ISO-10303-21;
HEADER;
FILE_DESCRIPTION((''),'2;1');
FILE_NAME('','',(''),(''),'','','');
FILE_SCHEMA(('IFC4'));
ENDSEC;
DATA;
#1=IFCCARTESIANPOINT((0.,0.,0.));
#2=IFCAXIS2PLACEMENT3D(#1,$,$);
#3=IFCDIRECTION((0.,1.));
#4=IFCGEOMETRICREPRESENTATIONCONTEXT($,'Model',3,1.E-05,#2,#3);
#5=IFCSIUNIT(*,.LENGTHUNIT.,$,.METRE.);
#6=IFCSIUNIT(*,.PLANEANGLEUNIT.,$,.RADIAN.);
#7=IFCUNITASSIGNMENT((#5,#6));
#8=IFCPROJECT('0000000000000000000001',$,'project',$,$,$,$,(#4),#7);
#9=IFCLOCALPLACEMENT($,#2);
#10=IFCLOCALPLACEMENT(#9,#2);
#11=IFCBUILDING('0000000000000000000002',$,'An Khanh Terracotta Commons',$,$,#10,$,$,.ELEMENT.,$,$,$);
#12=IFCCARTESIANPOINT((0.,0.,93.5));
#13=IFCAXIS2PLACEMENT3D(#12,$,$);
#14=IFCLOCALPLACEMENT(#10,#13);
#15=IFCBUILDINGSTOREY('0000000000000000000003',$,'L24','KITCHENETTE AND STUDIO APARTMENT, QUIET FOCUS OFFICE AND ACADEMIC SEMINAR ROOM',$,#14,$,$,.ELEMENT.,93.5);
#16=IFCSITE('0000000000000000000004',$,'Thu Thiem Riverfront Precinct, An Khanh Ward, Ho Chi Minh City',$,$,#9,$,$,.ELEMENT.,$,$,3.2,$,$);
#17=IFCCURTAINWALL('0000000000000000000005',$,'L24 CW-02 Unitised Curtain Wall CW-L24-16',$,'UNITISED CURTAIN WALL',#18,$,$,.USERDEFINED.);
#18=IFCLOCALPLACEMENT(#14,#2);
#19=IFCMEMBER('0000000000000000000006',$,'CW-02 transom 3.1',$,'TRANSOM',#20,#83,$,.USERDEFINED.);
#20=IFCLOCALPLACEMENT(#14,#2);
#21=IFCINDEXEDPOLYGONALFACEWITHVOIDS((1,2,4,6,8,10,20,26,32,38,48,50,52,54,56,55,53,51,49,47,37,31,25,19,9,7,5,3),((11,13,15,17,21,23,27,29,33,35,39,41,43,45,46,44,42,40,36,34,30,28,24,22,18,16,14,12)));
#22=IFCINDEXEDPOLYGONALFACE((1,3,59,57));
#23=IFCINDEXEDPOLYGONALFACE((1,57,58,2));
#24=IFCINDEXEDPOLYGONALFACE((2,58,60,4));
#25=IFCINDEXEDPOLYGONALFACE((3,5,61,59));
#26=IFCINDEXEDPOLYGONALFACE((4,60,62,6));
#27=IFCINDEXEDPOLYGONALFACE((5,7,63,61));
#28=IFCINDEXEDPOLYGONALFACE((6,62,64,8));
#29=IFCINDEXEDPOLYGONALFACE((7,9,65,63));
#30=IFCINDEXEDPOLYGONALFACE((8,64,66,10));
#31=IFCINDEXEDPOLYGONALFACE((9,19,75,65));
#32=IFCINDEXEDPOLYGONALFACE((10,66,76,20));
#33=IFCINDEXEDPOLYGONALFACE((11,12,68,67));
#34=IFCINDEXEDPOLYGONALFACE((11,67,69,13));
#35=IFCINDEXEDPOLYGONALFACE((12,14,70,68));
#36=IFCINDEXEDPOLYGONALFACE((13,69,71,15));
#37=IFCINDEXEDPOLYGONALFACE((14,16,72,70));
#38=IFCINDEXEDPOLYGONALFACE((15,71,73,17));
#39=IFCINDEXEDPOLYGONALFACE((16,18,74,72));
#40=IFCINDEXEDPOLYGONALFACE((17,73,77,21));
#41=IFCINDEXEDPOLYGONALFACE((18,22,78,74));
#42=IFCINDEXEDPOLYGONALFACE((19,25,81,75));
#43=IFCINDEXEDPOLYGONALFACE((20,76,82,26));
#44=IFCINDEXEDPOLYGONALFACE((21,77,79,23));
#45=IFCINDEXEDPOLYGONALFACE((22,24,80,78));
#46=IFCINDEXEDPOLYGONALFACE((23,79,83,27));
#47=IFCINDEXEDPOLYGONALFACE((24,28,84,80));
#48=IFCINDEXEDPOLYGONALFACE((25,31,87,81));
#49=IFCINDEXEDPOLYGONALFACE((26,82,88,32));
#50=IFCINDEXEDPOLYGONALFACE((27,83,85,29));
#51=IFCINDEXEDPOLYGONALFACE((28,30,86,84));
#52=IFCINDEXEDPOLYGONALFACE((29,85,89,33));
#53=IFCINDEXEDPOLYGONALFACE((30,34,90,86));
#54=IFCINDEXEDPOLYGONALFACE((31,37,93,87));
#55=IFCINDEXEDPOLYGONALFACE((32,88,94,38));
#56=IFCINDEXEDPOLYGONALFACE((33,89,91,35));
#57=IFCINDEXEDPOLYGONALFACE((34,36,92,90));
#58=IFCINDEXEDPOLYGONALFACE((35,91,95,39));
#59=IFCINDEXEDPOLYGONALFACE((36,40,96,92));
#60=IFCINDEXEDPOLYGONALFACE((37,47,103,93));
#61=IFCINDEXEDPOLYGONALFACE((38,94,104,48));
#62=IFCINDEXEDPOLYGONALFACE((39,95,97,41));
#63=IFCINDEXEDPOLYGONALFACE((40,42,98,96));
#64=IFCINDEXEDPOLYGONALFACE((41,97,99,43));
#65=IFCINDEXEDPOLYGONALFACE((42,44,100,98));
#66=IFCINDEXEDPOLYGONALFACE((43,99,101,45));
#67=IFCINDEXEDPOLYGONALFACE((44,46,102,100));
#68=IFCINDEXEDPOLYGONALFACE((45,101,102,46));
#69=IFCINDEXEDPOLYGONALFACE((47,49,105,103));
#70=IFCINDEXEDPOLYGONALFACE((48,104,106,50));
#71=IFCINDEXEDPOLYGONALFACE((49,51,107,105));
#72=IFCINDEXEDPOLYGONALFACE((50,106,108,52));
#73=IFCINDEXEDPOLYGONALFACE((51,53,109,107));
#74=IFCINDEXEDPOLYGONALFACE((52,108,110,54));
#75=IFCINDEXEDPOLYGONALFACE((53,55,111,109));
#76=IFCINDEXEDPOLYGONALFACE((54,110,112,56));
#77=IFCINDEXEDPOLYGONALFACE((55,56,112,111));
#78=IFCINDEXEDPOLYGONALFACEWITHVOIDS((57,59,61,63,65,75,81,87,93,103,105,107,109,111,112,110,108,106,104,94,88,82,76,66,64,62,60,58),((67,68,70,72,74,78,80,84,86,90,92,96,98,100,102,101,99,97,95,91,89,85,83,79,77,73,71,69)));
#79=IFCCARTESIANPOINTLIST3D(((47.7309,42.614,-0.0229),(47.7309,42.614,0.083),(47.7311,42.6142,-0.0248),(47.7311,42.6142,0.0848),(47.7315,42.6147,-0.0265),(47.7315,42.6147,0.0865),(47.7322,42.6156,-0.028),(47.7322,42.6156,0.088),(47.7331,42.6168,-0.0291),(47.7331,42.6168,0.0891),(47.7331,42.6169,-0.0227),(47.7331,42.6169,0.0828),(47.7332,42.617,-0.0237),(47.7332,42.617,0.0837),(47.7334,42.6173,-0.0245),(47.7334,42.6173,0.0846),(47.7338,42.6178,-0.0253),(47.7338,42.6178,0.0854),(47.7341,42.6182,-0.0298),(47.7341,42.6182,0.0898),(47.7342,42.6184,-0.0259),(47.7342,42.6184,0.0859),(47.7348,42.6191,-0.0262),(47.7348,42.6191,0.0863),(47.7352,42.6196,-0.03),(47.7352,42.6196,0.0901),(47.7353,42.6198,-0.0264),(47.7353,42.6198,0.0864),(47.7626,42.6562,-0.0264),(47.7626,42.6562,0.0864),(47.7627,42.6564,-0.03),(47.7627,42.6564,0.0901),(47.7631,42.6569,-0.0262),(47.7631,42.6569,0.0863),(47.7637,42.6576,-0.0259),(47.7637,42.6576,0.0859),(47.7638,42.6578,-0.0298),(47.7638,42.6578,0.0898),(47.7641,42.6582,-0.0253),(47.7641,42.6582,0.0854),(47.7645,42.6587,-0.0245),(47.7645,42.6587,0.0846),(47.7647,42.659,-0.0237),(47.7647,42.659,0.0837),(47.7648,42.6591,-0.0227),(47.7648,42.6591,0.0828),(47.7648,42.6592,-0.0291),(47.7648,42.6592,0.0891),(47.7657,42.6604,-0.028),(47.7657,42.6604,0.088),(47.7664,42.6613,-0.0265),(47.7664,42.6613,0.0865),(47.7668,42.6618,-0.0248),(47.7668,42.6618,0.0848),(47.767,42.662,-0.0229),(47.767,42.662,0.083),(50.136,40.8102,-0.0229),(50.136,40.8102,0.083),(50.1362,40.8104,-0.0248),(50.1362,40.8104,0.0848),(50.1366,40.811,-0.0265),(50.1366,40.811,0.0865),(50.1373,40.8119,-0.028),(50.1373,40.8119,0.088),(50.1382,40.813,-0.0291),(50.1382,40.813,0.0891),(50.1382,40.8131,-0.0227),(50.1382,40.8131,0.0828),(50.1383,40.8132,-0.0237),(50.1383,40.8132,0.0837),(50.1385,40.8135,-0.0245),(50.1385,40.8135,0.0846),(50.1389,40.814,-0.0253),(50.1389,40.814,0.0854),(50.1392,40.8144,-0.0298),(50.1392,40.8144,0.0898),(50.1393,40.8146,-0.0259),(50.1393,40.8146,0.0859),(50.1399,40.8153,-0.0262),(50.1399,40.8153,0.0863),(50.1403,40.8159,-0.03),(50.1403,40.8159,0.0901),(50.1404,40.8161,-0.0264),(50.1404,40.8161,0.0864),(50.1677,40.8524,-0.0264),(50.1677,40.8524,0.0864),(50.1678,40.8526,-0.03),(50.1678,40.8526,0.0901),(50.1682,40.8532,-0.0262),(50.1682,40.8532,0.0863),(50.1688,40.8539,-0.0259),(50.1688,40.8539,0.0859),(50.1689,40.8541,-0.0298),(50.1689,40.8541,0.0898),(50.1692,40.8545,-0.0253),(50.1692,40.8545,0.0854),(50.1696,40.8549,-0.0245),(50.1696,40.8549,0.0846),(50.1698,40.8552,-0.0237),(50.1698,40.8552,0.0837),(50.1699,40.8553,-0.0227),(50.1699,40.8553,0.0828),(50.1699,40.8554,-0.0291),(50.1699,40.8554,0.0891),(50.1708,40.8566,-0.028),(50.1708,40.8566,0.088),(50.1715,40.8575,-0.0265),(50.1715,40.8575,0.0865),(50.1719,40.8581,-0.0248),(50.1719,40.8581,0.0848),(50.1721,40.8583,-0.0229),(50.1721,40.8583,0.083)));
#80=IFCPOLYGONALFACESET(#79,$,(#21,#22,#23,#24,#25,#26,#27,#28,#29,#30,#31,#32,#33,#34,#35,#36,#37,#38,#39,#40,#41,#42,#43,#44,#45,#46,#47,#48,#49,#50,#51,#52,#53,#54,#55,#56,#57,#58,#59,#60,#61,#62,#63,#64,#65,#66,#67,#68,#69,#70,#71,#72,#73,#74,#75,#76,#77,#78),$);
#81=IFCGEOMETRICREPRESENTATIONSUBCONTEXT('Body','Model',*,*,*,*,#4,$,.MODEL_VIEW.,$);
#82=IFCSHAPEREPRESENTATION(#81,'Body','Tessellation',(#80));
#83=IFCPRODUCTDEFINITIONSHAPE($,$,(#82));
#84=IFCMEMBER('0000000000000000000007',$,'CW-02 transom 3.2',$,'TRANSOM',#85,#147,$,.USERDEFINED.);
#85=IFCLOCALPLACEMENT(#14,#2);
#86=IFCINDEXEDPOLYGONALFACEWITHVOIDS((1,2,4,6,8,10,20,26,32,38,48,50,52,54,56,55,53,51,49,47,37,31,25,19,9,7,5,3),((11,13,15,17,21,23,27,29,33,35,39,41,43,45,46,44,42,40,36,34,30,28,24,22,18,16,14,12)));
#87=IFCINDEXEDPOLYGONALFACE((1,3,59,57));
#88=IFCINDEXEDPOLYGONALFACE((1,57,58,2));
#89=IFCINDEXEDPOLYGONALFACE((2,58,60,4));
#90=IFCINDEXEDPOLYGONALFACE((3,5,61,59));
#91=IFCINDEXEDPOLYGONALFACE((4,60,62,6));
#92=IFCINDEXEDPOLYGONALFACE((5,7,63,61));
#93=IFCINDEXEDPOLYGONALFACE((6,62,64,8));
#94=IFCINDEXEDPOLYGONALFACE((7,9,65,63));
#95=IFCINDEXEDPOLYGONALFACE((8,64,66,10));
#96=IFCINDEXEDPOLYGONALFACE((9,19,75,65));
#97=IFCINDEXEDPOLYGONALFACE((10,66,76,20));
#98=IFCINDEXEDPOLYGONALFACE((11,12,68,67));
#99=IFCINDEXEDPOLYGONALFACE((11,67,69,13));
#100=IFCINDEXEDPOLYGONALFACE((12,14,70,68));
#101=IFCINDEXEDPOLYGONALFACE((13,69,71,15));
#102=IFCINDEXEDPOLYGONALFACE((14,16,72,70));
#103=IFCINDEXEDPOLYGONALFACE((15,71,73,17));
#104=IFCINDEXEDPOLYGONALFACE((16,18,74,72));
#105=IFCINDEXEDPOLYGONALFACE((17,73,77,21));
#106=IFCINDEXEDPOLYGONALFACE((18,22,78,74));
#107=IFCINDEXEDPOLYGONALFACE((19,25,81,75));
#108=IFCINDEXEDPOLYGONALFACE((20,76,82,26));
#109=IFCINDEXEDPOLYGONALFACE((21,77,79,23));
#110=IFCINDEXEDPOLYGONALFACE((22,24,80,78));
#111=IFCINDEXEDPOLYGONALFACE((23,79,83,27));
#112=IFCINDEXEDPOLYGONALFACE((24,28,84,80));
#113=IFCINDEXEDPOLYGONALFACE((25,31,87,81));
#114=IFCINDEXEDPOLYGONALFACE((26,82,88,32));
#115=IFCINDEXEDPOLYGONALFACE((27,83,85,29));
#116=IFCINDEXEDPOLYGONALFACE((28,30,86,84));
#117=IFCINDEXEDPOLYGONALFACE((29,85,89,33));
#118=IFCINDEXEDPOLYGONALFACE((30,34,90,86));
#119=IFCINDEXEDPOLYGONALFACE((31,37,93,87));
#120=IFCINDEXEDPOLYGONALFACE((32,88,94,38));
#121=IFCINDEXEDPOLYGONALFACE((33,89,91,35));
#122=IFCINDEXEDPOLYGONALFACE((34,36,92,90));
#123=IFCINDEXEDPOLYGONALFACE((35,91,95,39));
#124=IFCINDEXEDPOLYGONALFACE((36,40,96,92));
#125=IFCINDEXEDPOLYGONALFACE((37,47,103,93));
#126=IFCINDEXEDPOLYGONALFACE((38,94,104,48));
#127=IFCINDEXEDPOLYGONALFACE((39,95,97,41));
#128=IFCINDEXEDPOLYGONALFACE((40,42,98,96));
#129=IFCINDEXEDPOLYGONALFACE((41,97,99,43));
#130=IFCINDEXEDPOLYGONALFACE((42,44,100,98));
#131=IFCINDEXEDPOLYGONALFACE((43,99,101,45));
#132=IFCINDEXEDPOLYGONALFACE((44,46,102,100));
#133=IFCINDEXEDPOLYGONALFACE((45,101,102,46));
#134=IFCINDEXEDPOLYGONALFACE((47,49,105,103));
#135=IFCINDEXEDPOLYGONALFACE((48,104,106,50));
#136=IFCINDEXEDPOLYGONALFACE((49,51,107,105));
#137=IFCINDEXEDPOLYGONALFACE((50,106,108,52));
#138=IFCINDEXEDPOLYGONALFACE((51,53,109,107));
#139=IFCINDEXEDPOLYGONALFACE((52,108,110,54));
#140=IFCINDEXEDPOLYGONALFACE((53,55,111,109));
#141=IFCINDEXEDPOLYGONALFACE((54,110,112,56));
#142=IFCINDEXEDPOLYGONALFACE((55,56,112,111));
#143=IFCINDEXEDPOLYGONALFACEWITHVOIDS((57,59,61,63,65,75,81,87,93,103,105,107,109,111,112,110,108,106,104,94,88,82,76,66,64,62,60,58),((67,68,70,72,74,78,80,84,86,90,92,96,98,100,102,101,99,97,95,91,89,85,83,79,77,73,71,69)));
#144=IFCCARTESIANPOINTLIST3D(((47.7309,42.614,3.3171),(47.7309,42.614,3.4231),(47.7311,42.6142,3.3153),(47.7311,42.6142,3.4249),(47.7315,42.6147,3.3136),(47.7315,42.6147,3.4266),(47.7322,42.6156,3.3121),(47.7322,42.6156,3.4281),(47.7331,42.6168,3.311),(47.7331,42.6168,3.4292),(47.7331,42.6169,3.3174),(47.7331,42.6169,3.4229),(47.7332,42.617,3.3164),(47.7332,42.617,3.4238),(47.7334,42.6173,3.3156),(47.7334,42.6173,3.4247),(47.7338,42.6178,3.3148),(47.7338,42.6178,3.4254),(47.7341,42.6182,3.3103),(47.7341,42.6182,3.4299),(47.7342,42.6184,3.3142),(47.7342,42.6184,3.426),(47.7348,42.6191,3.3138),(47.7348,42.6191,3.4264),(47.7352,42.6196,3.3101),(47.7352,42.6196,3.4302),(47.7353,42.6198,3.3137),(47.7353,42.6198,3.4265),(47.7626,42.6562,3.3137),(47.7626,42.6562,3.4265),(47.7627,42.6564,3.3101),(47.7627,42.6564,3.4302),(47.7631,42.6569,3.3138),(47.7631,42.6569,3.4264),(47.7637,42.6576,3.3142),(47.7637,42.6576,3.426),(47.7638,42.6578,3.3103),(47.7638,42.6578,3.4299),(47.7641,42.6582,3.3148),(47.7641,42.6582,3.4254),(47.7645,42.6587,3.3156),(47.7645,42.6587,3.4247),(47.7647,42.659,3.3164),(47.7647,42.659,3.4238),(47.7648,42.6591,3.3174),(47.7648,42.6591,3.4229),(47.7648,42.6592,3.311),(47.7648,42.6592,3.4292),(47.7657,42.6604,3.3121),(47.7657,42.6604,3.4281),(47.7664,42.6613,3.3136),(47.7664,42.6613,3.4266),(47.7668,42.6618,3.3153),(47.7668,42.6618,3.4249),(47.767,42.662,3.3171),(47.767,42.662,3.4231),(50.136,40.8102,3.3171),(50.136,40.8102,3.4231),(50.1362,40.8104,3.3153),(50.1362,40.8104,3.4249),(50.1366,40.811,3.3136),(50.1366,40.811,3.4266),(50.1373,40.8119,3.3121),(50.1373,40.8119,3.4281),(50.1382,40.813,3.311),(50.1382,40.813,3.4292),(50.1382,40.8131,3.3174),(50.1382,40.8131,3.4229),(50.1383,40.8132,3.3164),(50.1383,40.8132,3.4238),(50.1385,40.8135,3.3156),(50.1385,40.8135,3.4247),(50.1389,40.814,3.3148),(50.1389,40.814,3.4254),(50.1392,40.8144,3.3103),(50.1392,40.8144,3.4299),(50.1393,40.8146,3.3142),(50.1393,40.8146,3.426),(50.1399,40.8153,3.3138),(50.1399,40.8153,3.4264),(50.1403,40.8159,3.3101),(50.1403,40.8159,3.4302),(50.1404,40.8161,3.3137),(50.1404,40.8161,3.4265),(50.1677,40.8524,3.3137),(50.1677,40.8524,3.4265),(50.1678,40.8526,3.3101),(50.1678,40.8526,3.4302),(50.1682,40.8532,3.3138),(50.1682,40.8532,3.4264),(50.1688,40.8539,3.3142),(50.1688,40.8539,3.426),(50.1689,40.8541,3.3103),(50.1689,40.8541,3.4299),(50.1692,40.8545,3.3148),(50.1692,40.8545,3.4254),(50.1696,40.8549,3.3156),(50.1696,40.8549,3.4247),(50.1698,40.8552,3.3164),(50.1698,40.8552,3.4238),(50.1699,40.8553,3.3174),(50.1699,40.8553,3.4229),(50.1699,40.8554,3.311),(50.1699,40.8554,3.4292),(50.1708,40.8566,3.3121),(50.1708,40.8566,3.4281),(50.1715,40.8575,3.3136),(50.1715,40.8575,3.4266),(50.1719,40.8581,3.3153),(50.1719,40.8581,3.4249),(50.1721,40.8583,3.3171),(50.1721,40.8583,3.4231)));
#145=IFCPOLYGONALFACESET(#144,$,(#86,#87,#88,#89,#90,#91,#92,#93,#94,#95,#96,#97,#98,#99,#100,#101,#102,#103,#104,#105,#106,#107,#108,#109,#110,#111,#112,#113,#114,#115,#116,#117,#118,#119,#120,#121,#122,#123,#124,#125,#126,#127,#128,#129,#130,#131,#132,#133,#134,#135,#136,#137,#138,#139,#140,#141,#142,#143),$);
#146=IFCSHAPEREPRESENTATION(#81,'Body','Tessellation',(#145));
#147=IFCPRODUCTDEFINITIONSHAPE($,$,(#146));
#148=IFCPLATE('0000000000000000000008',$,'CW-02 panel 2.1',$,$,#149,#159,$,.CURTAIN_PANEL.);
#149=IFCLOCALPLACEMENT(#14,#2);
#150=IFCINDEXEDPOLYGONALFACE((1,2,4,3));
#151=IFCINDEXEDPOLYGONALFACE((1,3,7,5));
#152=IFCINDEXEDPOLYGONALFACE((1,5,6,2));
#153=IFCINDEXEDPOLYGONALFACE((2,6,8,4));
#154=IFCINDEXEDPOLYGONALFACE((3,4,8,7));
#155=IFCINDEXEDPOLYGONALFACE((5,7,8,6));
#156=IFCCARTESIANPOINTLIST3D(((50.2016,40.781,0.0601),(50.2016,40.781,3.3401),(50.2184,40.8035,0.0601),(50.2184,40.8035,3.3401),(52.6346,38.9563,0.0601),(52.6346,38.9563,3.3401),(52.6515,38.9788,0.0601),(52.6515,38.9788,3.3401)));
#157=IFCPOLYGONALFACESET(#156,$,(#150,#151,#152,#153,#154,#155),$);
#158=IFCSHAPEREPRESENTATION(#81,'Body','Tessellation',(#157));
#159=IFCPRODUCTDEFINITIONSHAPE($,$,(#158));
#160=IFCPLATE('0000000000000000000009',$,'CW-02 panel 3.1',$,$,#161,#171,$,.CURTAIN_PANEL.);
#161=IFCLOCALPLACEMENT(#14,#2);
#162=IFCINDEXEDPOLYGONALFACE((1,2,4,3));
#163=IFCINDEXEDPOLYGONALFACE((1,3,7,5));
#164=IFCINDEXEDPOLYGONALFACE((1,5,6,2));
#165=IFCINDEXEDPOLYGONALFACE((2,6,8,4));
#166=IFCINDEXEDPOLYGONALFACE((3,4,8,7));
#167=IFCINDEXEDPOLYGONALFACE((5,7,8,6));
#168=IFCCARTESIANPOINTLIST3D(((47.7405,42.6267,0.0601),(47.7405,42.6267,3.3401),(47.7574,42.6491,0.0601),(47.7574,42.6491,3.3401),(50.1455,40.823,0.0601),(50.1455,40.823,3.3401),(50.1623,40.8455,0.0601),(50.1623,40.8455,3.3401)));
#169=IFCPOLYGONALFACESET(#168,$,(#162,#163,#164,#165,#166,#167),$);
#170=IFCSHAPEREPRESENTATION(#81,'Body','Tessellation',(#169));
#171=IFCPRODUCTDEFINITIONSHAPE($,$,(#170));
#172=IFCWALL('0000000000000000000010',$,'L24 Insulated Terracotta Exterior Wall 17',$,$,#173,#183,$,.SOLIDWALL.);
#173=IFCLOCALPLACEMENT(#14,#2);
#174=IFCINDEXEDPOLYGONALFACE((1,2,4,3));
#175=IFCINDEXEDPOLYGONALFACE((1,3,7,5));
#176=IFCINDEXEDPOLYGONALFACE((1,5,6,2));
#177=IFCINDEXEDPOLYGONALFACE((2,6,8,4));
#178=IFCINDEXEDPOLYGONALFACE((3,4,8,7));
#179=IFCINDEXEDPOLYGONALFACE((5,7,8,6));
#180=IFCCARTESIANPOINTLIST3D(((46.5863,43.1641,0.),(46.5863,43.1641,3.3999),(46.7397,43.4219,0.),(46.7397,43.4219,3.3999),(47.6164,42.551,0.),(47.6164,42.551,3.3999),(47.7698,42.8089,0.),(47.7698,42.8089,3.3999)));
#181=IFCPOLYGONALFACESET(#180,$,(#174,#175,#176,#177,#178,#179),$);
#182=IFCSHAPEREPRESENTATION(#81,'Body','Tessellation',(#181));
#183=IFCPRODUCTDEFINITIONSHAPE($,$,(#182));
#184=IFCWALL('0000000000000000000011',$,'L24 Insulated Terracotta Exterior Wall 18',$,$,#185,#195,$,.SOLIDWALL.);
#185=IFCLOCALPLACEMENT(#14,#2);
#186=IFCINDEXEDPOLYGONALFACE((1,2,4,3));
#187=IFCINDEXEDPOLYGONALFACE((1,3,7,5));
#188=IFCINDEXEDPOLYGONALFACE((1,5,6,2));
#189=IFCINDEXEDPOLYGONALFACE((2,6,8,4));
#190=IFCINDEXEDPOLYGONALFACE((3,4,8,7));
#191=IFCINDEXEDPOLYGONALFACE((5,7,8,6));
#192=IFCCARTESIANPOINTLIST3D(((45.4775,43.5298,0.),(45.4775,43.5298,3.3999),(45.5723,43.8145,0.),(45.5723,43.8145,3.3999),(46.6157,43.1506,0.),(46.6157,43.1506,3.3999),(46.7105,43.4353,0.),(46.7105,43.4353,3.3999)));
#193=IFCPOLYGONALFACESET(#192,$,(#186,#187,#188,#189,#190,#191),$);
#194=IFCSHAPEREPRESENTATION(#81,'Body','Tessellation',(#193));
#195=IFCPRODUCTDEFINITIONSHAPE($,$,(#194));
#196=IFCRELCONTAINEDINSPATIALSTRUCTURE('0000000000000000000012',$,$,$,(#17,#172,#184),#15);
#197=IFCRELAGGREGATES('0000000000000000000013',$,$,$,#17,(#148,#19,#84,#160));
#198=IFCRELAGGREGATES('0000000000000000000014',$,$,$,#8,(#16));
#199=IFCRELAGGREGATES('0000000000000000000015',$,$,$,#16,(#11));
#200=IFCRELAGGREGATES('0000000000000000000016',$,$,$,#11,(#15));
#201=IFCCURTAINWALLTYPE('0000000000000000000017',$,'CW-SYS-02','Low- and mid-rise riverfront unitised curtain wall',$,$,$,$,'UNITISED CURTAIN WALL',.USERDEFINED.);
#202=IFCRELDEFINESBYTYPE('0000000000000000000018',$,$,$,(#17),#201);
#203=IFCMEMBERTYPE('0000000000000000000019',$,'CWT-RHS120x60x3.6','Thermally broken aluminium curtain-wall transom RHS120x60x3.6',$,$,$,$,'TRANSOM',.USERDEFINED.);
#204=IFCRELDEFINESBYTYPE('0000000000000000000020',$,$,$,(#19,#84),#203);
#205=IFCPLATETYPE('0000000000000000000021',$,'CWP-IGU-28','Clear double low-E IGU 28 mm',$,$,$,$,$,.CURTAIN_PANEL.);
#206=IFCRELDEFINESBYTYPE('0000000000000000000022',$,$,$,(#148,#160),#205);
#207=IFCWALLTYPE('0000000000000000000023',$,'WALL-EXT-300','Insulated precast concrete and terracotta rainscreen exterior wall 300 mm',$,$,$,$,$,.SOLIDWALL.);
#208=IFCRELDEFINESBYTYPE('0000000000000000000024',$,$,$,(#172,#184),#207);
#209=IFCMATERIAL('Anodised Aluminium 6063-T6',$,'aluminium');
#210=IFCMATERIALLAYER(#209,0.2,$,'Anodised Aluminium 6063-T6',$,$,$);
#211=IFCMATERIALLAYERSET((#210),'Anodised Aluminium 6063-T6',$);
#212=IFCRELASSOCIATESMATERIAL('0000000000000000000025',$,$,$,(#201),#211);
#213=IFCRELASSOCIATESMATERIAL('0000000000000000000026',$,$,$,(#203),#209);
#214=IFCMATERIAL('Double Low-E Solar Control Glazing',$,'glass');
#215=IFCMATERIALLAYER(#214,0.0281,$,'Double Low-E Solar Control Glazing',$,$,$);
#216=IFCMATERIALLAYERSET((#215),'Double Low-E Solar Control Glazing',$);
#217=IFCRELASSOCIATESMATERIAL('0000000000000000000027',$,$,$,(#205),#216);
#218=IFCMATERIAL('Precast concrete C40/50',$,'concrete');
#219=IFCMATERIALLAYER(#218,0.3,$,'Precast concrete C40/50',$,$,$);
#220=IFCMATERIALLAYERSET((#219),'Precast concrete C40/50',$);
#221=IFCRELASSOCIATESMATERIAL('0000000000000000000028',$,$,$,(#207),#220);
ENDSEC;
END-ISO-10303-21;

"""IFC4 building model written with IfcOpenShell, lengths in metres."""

from ifc_helpers import new_model, si_unit, direction, frame, frame_2d, origin, origin_2d, place, context, subcontext, project, spatial, rectangle, hollow_rectangle, extrude, material, layer, layer_set, material_profile, profile_set, type_object, element, aggregate, save


model = new_model("IFC4")

# Units and contexts
model_context = context("Model", 3, precision=1e-05, world=origin(), true_north=direction((0.0, 1.0)))
body_context = subcontext(model_context, "Body", "Model", "MODEL_VIEW")
ifc_project = project(units=[si_unit("LENGTHUNIT", "METRE"), si_unit("PLANEANGLEUNIT", "RADIAN")], contexts=[model_context])

# Site, building, storey
site_placement = place(None, origin())
site = spatial("IfcSite", under=ifc_project, at=site_placement, Name="Thu Thiem Riverfront Precinct, An Khanh Ward, Ho Chi Minh City", CompositionType="ELEMENT", RefElevation=3.2)
building_placement = place(site_placement, origin())
building = spatial("IfcBuilding", under=site, at=building_placement, Name="An Khanh Terracotta Commons", CompositionType="ELEMENT")
storey_placement = place(building_placement, frame((0.0, 0.0, 93.5)))
storey = spatial("IfcBuildingStorey", under=building, at=storey_placement, Name="L24", Description="KITCHENETTE AND STUDIO APARTMENT, QUIET FOCUS OFFICE AND ACADEMIC SEMINAR ROOM", CompositionType="ELEMENT", Elevation=93.5)

# Curtain wall, members, plates
ifc_material_1 = material(Name="Anodised Aluminium 6063-T6", Category="aluminium")
ifc_layer_1 = layer(ifc_material_1, 0.2, Name="Anodised Aluminium 6063-T6")
ifc_layer_set_1 = layer_set([ifc_layer_1], Name="Anodised Aluminium 6063-T6")
curtain_wall_type = type_object("IfcCurtainWallType", Name="CW-SYS-02", Description="Low- and mid-rise riverfront unitised curtain wall", ElementType="UNITISED CURTAIN WALL", PredefinedType="USERDEFINED", material=ifc_layer_set_1)
curtain_wall_placement = place(storey_placement, origin())
curtain_wall = element("IfcCurtainWall", 1, at=curtain_wall_placement, inside=storey, type_object=curtain_wall_type, Name="L24 CW-02 Unitised Curtain Wall CW-L24-16", ObjectType="UNITISED CURTAIN WALL", PredefinedType="USERDEFINED")
ifc_material_profile_1 = material_profile(ifc_material_1, hollow_rectangle(XDim=0.0601, YDim=0.1201, WallThickness=0.0037, InnerFilletRadius=0.0037, OuterFilletRadius=0.0071, at=origin_2d()), Name="RHS120x60x3.6")
ifc_profile_set_1 = profile_set([ifc_material_profile_1], Name="Anodised Aluminium 6063-T6")
member_type_1 = type_object("IfcMemberType", Name="CWT-RHS120x60x3.6", Description="Thermally broken aluminium curtain-wall transom RHS120x60x3.6", ElementType="TRANSOM", PredefinedType="USERDEFINED", material=ifc_profile_set_1)
member_1_placement = place(storey_placement, frame((50.1541, 40.8342, 0.03), z_axis=(-0.80001, 0.599987, 0.0), x_axis=(-0.599987, -0.80001, 0.0)))
member_1 = element("IfcMember", 2, at=member_1_placement, type_object=member_type_1, Name="CW-02 transom 3.1", ObjectType="TRANSOM", PredefinedType="USERDEFINED", context=body_context, shape_type="SweptSolid", body=[
    extrude(hollow_rectangle(XDim=0.0601, YDim=0.1201, WallThickness=0.0037, InnerFilletRadius=0.0037, OuterFilletRadius=0.0071, at=origin_2d()), origin(), (0.0, 0.0, 1.0), 3.0063),
])
member_2_placement = place(storey_placement, frame((50.1541, 40.8342, 3.3701), z_axis=(-0.80001, 0.599987, 0.0), x_axis=(-0.599987, -0.80001, 0.0)))
member_2 = element("IfcMember", 3, at=member_2_placement, type_object=member_type_1, Name="CW-02 transom 3.2", ObjectType="TRANSOM", PredefinedType="USERDEFINED", context=body_context, shape_type="SweptSolid", body=[
    extrude(hollow_rectangle(XDim=0.0601, YDim=0.1201, WallThickness=0.0037, InnerFilletRadius=0.0037, OuterFilletRadius=0.0071, at=origin_2d()), origin(), (0.0, 0.0, 1.0), 3.0063),
])
ifc_material_2 = material(Name="Double Low-E Solar Control Glazing", Category="glass")
ifc_layer_2 = layer(ifc_material_2, 0.0281, Name="Double Low-E Solar Control Glazing")
ifc_layer_set_2 = layer_set([ifc_layer_2], Name="Double Low-E Solar Control Glazing")
plate_type = type_object("IfcPlateType", Name="CWP-IGU-28", Description="Clear double low-E IGU 28 mm", PredefinedType="CURTAIN_PANEL", material=ifc_layer_set_2)
plate_1_placement = place(storey_placement, frame((51.4265, 39.8799, 0.0601), z_axis=(0.0, 0.0, 1.0), x_axis=(-0.800013, 0.599983, 0.0)))
plate_1 = element("IfcPlate", 4, at=plate_1_placement, type_object=plate_type, Name="CW-02 panel 2.1", PredefinedType="CURTAIN_PANEL", context=body_context, shape_type="SweptSolid", body=[
    extrude(rectangle(XDim=3.0413, YDim=0.0281, at=origin_2d()), origin(), (0.0, 0.0, 1.0), 3.28),
])
plate_2_placement = place(storey_placement, frame((48.9514, 41.7361, 0.0601), z_axis=(0.0, 0.0, 1.0), x_axis=(-0.800013, 0.599983, 0.0)))
plate_2 = element("IfcPlate", 5, at=plate_2_placement, type_object=plate_type, Name="CW-02 panel 3.1", PredefinedType="CURTAIN_PANEL", context=body_context, shape_type="SweptSolid", body=[
    extrude(rectangle(XDim=3.0061, YDim=0.0281, at=origin_2d()), origin(), (0.0, 0.0, 1.0), 3.28),
])
aggregate(curtain_wall, [plate_1, member_1, member_2, plate_2])

# Walls
ifc_material_3 = material(Name="Precast concrete C40/50", Category="concrete")
ifc_layer_3 = layer(ifc_material_3, 0.3, Name="Precast concrete C40/50")
ifc_layer_set_3 = layer_set([ifc_layer_3], Name="Precast concrete C40/50")
wall_type_1 = type_object("IfcWallType", Name="WALL-EXT-300", Description="Insulated precast concrete and terracotta rainscreen exterior wall 300 mm", PredefinedType="SOLIDWALL", material=ifc_layer_set_3)
wall_1_placement = place(storey_placement, frame((47.6931, 42.6799, 0.0), z_axis=(0.0, 0.0, 1.0), x_axis=(-0.859321, 0.511437, 0.0)))
element("IfcWall", 6, at=wall_1_placement, inside=storey, type_object=wall_type_1, Name="L24 Insulated Terracotta Exterior Wall 17", PredefinedType="SOLIDWALL", context=body_context, shape_type="SweptSolid", body=[
    extrude(rectangle(XDim=1.1987, YDim=0.3, at=frame_2d((0.5994, 0.0))), origin(), (0.0, 0.0, 1.0), 3.3999),
])
wall_2_placement = place(storey_placement, frame((46.6631, 43.293, 0.0), z_axis=(0.0, 0.0, 1.0), x_axis=(-0.948744, 0.316045, 0.0)))
element("IfcWall", 7, at=wall_2_placement, inside=storey, type_object=wall_type_1, Name="L24 Insulated Terracotta Exterior Wall 18", PredefinedType="SOLIDWALL", context=body_context, shape_type="SweptSolid", body=[
    extrude(rectangle(XDim=1.1997, YDim=0.3, at=frame_2d((0.5999, 0.0))), origin(), (0.0, 0.0, 1.0), 3.3999),
])

save(model, "model.ifc")
